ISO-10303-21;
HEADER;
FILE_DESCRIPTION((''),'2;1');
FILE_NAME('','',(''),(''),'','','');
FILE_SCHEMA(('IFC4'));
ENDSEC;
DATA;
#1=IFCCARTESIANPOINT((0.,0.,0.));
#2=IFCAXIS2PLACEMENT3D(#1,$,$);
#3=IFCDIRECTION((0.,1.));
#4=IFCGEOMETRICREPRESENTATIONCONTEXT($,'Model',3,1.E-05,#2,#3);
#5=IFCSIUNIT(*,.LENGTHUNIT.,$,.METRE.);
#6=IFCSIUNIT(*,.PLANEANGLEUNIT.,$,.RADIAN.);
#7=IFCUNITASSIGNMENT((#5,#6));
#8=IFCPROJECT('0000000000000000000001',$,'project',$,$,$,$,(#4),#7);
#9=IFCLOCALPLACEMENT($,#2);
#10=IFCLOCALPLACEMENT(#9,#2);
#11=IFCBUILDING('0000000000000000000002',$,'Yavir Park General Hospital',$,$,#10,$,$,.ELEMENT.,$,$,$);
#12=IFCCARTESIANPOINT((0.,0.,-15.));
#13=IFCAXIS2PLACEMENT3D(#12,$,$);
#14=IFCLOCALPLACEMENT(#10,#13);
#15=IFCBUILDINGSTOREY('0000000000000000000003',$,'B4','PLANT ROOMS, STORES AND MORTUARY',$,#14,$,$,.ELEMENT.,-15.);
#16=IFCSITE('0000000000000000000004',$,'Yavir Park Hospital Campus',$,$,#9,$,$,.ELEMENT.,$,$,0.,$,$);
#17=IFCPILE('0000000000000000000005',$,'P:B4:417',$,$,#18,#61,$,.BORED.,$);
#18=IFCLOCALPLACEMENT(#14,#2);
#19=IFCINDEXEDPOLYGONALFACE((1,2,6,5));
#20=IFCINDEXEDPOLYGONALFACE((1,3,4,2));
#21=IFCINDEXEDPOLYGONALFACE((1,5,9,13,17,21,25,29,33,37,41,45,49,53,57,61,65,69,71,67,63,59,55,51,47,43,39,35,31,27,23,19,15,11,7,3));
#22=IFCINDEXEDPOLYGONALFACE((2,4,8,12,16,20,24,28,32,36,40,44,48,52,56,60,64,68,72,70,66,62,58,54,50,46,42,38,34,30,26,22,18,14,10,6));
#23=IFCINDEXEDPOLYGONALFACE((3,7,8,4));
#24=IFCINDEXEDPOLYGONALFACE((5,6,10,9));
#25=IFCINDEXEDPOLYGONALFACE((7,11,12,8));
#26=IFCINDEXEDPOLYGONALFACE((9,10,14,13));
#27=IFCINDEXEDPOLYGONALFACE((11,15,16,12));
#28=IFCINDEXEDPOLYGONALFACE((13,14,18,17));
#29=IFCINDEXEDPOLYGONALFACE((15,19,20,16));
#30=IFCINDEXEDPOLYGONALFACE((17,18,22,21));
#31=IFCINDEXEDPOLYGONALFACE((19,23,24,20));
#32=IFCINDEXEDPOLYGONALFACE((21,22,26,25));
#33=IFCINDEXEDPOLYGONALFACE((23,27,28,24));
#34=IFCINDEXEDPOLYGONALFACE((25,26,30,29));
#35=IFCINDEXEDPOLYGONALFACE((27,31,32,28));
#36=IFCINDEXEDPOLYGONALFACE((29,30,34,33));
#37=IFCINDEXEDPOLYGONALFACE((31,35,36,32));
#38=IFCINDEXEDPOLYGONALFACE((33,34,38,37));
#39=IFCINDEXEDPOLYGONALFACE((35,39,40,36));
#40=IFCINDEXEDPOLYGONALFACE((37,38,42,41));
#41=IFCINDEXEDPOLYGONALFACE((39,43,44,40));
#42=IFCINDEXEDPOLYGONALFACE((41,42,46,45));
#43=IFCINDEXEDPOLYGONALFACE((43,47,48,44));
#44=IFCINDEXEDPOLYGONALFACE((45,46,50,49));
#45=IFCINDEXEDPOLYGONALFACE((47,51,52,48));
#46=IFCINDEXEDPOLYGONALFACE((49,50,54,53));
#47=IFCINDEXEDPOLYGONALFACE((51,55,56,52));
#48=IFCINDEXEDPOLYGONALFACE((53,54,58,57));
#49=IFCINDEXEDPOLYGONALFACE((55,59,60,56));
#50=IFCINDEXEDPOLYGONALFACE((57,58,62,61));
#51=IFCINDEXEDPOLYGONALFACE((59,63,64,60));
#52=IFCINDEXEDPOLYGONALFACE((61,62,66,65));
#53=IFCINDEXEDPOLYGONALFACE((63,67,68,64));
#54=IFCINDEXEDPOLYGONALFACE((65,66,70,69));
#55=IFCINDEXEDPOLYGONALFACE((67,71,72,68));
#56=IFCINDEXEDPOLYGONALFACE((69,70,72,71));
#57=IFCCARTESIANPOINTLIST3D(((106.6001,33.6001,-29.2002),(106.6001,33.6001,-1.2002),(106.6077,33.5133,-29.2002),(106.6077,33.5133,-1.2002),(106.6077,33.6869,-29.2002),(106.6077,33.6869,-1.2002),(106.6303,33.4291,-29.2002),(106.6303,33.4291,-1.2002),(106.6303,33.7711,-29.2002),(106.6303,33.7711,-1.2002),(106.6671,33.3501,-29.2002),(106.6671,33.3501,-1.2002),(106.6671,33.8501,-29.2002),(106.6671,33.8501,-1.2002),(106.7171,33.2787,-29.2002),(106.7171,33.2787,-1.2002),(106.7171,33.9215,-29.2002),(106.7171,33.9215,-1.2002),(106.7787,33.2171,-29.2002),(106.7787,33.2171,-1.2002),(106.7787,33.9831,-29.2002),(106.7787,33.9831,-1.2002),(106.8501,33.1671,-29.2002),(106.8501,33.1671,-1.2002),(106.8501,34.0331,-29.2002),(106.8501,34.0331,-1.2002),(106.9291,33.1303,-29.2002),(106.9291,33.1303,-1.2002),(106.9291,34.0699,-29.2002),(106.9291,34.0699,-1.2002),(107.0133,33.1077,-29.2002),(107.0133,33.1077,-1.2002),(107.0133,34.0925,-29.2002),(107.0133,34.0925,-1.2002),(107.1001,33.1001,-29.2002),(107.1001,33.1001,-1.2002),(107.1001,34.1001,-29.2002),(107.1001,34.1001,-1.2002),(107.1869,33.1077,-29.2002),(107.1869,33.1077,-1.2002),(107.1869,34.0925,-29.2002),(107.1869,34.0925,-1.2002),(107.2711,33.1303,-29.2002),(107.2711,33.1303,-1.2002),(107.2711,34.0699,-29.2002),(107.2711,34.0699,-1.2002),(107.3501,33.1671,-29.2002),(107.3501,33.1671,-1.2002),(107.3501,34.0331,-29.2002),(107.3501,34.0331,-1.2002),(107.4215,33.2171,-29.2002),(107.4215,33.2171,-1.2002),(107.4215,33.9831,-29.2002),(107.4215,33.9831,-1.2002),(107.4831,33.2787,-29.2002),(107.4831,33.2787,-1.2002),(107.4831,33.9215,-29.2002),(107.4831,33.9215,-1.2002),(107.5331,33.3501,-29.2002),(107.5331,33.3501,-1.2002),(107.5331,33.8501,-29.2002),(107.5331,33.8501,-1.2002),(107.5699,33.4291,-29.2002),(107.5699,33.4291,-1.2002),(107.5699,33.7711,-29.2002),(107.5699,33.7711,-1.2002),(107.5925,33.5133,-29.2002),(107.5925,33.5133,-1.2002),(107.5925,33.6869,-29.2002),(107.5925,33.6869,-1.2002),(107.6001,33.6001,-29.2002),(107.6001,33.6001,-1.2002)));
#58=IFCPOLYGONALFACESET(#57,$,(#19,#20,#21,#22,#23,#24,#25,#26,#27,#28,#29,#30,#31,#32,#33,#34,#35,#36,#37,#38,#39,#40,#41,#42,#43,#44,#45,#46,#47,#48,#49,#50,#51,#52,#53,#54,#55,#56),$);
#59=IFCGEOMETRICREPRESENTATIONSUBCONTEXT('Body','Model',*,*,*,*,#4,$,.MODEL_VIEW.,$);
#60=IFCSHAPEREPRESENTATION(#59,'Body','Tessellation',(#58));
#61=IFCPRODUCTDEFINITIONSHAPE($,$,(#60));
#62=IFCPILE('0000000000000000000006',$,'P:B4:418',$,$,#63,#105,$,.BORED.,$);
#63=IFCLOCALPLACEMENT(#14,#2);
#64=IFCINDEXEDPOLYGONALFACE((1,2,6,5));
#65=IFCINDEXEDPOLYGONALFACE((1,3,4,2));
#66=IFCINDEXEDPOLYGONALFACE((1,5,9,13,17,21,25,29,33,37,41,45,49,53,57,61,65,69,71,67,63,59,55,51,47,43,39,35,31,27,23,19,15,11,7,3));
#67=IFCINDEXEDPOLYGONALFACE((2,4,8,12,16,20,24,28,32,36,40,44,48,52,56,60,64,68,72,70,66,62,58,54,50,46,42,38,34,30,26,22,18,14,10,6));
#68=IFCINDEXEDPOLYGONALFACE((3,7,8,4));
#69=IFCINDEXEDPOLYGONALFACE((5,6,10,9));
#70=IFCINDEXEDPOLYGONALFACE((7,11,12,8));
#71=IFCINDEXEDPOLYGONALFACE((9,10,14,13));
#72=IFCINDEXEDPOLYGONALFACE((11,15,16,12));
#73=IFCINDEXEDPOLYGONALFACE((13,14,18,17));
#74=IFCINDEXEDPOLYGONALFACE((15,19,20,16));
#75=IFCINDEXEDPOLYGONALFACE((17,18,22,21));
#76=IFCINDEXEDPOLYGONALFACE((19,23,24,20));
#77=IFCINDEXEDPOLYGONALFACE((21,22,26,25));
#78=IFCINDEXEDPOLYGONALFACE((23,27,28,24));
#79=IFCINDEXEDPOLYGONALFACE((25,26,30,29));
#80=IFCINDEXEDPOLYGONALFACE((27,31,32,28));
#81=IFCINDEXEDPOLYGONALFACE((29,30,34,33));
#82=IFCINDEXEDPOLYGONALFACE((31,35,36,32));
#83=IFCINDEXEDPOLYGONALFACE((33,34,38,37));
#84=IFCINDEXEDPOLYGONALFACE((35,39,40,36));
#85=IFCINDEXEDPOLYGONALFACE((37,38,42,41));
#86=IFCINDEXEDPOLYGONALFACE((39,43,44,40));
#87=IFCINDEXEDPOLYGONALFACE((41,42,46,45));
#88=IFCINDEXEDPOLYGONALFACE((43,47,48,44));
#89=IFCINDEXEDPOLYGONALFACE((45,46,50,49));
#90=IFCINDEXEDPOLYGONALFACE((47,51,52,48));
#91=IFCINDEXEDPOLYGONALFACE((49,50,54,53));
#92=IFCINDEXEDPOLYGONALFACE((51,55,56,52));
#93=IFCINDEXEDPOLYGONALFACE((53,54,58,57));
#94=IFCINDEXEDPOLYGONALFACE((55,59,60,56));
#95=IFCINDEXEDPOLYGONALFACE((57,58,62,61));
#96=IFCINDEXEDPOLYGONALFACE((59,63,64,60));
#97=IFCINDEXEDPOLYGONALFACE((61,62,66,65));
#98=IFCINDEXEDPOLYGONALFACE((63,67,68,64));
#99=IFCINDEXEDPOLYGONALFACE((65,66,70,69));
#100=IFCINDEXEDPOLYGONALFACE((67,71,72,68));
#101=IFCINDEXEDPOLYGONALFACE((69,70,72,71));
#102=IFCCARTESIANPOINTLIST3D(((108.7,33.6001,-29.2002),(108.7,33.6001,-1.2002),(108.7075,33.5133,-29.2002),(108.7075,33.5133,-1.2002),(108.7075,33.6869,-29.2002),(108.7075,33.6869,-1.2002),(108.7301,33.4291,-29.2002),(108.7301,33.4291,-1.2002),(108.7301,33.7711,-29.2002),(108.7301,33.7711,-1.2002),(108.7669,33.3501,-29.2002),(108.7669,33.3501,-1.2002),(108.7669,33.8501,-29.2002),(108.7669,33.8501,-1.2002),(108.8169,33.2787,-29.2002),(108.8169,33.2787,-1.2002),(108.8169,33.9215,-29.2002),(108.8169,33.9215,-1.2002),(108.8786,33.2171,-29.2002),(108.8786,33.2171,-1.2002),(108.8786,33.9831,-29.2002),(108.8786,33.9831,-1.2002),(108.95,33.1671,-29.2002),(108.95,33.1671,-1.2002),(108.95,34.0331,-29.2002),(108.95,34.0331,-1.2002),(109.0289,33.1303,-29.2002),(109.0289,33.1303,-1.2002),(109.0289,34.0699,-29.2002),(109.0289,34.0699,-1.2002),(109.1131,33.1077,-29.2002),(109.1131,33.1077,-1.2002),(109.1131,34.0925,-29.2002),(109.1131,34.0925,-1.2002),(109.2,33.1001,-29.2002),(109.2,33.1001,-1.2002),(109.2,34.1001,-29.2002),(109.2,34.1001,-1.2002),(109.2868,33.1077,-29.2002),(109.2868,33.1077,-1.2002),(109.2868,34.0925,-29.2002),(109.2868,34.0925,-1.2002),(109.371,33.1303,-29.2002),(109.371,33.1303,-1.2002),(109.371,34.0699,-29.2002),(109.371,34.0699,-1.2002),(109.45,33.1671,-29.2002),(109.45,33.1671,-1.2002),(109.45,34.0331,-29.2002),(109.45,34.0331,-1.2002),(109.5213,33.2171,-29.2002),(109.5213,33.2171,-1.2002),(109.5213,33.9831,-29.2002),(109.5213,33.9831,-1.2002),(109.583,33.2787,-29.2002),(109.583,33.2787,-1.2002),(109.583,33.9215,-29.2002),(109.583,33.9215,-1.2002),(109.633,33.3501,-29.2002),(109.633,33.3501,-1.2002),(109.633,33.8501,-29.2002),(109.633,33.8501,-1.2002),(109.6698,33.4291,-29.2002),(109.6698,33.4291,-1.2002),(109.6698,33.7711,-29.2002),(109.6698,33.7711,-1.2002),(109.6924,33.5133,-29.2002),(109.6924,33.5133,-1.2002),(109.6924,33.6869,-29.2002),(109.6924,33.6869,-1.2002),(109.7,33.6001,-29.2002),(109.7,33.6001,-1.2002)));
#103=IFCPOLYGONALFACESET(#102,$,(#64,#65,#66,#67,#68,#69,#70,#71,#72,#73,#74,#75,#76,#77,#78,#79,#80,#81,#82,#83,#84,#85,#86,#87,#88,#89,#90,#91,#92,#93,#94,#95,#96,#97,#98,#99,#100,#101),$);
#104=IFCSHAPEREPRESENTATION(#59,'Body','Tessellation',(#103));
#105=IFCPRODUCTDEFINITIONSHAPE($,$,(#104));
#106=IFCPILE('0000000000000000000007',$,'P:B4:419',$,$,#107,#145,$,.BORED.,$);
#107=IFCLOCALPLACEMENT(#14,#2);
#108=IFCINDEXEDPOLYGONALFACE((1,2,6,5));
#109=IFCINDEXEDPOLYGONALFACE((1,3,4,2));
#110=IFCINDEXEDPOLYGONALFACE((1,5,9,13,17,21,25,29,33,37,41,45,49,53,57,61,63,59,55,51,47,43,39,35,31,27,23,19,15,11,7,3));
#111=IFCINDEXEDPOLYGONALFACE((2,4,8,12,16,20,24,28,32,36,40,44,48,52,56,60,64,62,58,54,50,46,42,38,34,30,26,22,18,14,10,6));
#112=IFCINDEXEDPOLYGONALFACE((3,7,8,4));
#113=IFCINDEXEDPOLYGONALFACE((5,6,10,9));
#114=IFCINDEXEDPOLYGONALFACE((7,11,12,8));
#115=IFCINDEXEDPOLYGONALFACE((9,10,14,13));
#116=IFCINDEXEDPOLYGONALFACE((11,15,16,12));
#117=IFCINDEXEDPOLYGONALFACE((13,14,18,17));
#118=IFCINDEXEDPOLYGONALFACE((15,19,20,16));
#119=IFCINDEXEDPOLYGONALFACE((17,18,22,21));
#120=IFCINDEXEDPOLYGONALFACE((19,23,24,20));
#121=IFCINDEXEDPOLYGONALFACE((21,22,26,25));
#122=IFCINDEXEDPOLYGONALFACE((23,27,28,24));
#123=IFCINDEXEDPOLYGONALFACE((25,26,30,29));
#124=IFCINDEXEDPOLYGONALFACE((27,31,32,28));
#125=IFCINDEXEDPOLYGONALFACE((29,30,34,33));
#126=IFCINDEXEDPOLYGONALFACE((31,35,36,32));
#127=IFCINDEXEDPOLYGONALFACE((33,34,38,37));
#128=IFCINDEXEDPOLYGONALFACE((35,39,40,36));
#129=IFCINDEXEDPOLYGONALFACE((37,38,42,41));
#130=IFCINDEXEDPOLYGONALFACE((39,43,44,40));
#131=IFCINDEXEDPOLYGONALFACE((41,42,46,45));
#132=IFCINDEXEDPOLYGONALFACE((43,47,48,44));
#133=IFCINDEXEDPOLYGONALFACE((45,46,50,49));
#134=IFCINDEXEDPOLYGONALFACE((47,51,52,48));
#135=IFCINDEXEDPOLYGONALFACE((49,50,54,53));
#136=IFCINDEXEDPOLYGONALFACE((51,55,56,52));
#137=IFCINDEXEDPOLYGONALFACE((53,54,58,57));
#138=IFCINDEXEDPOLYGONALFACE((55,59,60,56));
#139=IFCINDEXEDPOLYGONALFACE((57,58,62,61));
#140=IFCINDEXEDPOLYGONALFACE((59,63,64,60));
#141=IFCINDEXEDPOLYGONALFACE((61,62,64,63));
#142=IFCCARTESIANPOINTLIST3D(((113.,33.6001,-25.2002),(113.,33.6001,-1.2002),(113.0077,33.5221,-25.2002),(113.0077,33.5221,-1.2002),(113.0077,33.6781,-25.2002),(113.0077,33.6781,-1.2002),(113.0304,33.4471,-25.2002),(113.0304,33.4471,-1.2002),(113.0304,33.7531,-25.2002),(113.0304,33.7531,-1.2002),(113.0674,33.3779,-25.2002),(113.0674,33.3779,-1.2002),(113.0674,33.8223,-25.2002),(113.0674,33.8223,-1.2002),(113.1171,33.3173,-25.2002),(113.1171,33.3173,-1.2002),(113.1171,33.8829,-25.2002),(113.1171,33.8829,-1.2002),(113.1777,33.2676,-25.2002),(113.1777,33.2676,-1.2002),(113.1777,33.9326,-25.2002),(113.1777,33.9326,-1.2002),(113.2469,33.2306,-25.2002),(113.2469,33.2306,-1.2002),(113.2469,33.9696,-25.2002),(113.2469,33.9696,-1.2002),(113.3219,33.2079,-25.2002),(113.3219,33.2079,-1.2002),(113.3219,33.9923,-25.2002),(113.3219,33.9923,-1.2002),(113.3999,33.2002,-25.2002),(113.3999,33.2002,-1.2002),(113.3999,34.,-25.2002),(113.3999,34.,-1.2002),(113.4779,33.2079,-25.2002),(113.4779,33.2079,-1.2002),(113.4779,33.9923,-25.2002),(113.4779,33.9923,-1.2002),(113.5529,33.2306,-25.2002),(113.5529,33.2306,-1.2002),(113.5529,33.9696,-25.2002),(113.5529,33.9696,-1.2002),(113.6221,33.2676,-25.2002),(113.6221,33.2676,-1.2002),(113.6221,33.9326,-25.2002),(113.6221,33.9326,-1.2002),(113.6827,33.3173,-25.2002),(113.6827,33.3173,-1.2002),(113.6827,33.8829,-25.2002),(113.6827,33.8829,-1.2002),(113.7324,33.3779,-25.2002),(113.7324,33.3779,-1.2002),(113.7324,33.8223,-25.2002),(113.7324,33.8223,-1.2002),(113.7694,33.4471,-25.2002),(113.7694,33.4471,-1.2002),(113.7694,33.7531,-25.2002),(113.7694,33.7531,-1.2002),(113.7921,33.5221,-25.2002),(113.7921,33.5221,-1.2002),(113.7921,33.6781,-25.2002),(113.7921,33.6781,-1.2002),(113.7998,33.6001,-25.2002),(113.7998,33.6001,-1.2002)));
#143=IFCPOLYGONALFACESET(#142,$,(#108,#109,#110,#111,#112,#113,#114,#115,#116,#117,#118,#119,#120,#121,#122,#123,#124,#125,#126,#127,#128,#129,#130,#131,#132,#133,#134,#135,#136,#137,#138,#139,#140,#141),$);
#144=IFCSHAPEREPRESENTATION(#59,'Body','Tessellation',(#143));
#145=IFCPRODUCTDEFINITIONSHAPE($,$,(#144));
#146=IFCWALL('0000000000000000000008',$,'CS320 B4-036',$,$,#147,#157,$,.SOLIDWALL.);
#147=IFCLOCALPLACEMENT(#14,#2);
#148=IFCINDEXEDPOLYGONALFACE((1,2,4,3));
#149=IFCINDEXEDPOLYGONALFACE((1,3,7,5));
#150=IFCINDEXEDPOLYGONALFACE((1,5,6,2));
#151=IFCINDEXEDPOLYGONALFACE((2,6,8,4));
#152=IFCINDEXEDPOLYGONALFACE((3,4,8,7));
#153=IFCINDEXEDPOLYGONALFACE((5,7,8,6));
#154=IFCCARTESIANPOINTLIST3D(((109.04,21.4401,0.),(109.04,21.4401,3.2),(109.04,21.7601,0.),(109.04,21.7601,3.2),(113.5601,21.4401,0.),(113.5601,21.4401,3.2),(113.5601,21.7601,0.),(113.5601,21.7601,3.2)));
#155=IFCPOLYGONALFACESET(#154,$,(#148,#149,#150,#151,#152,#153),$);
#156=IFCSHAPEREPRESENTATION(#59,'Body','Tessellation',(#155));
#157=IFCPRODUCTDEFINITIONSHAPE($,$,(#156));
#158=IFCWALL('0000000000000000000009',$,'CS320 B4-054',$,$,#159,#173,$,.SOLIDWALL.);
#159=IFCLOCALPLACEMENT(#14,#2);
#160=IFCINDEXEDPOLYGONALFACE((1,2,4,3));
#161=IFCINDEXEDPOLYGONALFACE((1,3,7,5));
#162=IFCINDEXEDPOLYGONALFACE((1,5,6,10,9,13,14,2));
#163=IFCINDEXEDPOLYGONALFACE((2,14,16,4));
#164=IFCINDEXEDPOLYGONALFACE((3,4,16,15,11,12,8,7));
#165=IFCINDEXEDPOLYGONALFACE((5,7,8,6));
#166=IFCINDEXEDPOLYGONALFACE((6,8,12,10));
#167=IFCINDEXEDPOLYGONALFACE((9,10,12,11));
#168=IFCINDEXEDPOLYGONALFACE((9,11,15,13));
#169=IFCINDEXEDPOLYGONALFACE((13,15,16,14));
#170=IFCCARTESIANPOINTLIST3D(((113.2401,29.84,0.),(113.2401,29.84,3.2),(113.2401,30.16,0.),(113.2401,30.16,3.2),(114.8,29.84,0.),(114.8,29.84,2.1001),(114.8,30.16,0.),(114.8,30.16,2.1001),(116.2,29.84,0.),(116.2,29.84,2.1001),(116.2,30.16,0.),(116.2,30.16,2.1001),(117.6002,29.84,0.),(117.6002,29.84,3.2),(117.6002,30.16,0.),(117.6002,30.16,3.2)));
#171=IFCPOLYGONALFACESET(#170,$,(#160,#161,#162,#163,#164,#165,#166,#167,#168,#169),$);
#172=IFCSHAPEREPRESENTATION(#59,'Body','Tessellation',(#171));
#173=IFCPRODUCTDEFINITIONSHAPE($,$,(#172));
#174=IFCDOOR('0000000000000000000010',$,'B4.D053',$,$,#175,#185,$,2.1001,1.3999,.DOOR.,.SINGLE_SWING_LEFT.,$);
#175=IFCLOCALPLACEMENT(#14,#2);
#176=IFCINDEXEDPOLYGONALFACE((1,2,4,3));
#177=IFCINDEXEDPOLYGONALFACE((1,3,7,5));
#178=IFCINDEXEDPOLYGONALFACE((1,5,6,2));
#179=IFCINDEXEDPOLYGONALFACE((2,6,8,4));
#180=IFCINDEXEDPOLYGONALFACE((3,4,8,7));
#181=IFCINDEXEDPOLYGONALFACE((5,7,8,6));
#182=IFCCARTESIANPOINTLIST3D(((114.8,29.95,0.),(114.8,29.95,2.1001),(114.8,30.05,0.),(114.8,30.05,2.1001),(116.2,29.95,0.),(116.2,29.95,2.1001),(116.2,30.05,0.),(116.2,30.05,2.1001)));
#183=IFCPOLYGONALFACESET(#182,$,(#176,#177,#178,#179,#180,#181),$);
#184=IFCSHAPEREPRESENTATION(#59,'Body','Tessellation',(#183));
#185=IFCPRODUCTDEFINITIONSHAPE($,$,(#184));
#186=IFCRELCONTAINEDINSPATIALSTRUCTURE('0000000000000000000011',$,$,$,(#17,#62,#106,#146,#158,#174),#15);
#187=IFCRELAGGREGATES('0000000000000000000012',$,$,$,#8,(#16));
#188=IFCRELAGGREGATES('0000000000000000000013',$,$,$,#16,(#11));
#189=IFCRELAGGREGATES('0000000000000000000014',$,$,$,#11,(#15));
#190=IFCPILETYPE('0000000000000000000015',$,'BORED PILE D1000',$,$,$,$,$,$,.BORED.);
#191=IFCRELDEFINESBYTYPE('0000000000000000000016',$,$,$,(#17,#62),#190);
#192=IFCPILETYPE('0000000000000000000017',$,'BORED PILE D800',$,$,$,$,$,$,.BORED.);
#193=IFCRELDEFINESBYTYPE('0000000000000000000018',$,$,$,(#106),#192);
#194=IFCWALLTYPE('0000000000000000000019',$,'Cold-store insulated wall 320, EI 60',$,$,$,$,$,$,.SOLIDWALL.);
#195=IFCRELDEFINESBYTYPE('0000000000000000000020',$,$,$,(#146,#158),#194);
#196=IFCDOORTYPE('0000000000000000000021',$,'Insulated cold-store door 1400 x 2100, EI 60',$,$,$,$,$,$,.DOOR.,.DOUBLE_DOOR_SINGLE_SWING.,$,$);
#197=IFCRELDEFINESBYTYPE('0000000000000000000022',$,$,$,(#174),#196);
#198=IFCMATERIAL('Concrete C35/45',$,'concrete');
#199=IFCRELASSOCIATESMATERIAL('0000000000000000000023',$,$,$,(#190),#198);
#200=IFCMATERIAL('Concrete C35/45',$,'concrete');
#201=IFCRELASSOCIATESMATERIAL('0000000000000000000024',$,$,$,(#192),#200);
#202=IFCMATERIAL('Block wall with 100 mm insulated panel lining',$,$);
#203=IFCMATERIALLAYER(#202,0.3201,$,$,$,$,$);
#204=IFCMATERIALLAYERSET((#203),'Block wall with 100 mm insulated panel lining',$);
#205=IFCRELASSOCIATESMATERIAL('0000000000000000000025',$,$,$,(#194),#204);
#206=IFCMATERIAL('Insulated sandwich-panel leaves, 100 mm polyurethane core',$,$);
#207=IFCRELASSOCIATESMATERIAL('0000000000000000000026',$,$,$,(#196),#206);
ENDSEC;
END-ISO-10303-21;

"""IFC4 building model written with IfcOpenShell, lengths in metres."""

from ifc_helpers import new_model, si_unit, direction, frame, frame_2d, origin, origin_2d, place, context, subcontext, project, spatial, rectangle, circle, extrude, material, layer, layer_set, material_profile, profile_set, type_object, element, fill, save


model = new_model("IFC4")

# Units and contexts
model_context = context("Model", 3, precision=1e-05, world=origin(), true_north=direction((0.0, 1.0)))
body_context = subcontext(model_context, "Body", "Model", "MODEL_VIEW")
ifc_project = project(units=[si_unit("LENGTHUNIT", "METRE"), si_unit("PLANEANGLEUNIT", "RADIAN")], contexts=[model_context])

# Site, building, storey
site_placement = place(None, origin())
site = spatial("IfcSite", under=ifc_project, at=site_placement, Name="Yavir Park Hospital Campus", CompositionType="ELEMENT", RefElevation=0.0)
building_placement = place(site_placement, origin())
building = spatial("IfcBuilding", under=site, at=building_placement, Name="Yavir Park General Hospital", CompositionType="ELEMENT")
storey_placement = place(building_placement, frame((0.0, 0.0, -15.0)))
storey = spatial("IfcBuildingStorey", under=building, at=storey_placement, Name="B4", Description="PLANT ROOMS, STORES AND MORTUARY", CompositionType="ELEMENT", Elevation=-15.0)

# Piles
ifc_material_1 = material(Name="Concrete C35/45", Category="concrete")
ifc_material_profile_1 = material_profile(ifc_material_1, circle(Radius=0.5, at=origin_2d()), Name="D1000")
ifc_profile_set_1 = profile_set([ifc_material_profile_1], Name="Concrete C35/45")
pile_type_1 = type_object("IfcPileType", Name="BORED PILE D1000", PredefinedType="BORED", material=ifc_profile_set_1)
for number, where, z_axis, x_axis, name in (
    (1, (107.1001, 33.6001, -1.2002), (0.0, 0.0, -1.0), (1.0, 0.0, 0.0), "P:B4:417"),
    (2, (109.2, 33.6001, -1.2002), (0.0, 0.0, -1.0), (1.0, 0.0, 0.0), "P:B4:418"),
):
    element("IfcPile", number, at=place(storey_placement, frame(where, z_axis=z_axis, x_axis=x_axis)), inside=storey, type_object=pile_type_1, Name=name, PredefinedType="BORED", context=body_context, shape_type="SweptSolid", body=[
        extrude(circle(Radius=0.5, at=origin_2d()), origin(), (0.0, 0.0, 1.0), 28.0),
    ])
ifc_material_2 = material(Name="Concrete C35/45", Category="concrete")
ifc_material_profile_2 = material_profile(ifc_material_2, circle(Radius=0.3999, at=origin_2d()), Name="D800")
ifc_profile_set_2 = profile_set([ifc_material_profile_2], Name="Concrete C35/45")
pile_type_2 = type_object("IfcPileType", Name="BORED PILE D800", PredefinedType="BORED", material=ifc_profile_set_2)
pile_placement = place(storey_placement, frame((113.3999, 33.6001, -1.2002), z_axis=(0.0, 0.0, -1.0), x_axis=(1.0, 0.0, 0.0)))
element("IfcPile", 3, at=pile_placement, inside=storey, type_object=pile_type_2, Name="P:B4:419", PredefinedType="BORED", context=body_context, shape_type="SweptSolid", body=[
    extrude(circle(Radius=0.3999, at=origin_2d()), origin(), (0.0, 0.0, 1.0), 24.0),
])

# Wall
ifc_material_3 = material(Name="Block wall with 100 mm insulated panel lining")
ifc_layer_1 = layer(ifc_material_3, 0.3201)
ifc_layer_set_1 = layer_set([ifc_layer_1], Name="Block wall with 100 mm insulated panel lining")
wall_type_1 = type_object("IfcWallType", Name="Cold-store insulated wall 320, EI 60", PredefinedType="SOLIDWALL", material=ifc_layer_set_1)
wall_1_placement = place(storey_placement, frame((109.04, 21.6001, 0.0), z_axis=(0.0, 0.0, 1.0), x_axis=(1.0, 0.0, 0.0)))
element("IfcWall", 4, at=wall_1_placement, inside=storey, type_object=wall_type_1, Name="CS320 B4-036", PredefinedType="SOLIDWALL", context=body_context, shape_type="SweptSolid", body=[
    extrude(rectangle(XDim=4.52, YDim=0.3201, at=frame_2d((2.26, 0.0))), origin(), (0.0, 0.0, 1.0), 3.2),
])

# Wall, opening, door
wall_2_placement = place(storey_placement, frame((113.24, 30.0, 0.0), z_axis=(0.0, 0.0, 1.0), x_axis=(1.0, 0.0, 0.0)))
wall_2 = element("IfcWall", 5, at=wall_2_placement, inside=storey, type_object=wall_type_1, Name="CS320 B4-054", PredefinedType="SOLIDWALL", context=body_context, shape_type="SweptSolid", body=[
    extrude(rectangle(XDim=4.3601, YDim=0.3201, at=frame_2d((2.1802, 0.0))), origin(), (0.0, 0.0, 1.0), 3.2),
])
opening_1_placement = place(wall_2_placement, frame((1.5601, 0.0, 0.0)))
opening_1 = element("IfcOpeningElement", 6, at=opening_1_placement, cuts=wall_2, PredefinedType="OPENING", context=body_context, shape_type="SweptSolid", body=[
    extrude(rectangle(XDim=1.3999, YDim=2.1001, at=frame_2d((0.7, 1.05))), frame((0.0, 0.1699, 0.0), z_axis=(0.0, -1.0, 0.0), x_axis=(1.0, 0.0, 0.0)), (0.0, 0.0, 1.0), 0.3401),
])
ifc_material_4 = material(Name="Insulated sandwich-panel leaves, 100 mm polyurethane core")
door_type_1 = type_object("IfcDoorType", Name="Insulated cold-store door 1400 x 2100, EI 60", OperationType="DOUBLE_DOOR_SINGLE_SWING", PredefinedType="DOOR", material=ifc_material_4)
door_1_placement = place(opening_1_placement, origin())
door_1 = element("IfcDoor", 7, at=door_1_placement, inside=storey, type_object=door_type_1, Name="B4.D053", OperationType="SINGLE_SWING_LEFT", OverallHeight=2.1001, OverallWidth=1.3999, PredefinedType="DOOR", context=body_context, shape_type="SweptSolid", body=[
    extrude(rectangle(XDim=1.3999, YDim=2.1001, at=frame_2d((0.7, 1.05))), frame((0.0, 0.05, 0.0), z_axis=(0.0, -1.0, 0.0), x_axis=(1.0, 0.0, 0.0)), (0.0, 0.0, 1.0), 0.1001),
])
fill(opening_1, door_1)

save(model, "model.ifc")
